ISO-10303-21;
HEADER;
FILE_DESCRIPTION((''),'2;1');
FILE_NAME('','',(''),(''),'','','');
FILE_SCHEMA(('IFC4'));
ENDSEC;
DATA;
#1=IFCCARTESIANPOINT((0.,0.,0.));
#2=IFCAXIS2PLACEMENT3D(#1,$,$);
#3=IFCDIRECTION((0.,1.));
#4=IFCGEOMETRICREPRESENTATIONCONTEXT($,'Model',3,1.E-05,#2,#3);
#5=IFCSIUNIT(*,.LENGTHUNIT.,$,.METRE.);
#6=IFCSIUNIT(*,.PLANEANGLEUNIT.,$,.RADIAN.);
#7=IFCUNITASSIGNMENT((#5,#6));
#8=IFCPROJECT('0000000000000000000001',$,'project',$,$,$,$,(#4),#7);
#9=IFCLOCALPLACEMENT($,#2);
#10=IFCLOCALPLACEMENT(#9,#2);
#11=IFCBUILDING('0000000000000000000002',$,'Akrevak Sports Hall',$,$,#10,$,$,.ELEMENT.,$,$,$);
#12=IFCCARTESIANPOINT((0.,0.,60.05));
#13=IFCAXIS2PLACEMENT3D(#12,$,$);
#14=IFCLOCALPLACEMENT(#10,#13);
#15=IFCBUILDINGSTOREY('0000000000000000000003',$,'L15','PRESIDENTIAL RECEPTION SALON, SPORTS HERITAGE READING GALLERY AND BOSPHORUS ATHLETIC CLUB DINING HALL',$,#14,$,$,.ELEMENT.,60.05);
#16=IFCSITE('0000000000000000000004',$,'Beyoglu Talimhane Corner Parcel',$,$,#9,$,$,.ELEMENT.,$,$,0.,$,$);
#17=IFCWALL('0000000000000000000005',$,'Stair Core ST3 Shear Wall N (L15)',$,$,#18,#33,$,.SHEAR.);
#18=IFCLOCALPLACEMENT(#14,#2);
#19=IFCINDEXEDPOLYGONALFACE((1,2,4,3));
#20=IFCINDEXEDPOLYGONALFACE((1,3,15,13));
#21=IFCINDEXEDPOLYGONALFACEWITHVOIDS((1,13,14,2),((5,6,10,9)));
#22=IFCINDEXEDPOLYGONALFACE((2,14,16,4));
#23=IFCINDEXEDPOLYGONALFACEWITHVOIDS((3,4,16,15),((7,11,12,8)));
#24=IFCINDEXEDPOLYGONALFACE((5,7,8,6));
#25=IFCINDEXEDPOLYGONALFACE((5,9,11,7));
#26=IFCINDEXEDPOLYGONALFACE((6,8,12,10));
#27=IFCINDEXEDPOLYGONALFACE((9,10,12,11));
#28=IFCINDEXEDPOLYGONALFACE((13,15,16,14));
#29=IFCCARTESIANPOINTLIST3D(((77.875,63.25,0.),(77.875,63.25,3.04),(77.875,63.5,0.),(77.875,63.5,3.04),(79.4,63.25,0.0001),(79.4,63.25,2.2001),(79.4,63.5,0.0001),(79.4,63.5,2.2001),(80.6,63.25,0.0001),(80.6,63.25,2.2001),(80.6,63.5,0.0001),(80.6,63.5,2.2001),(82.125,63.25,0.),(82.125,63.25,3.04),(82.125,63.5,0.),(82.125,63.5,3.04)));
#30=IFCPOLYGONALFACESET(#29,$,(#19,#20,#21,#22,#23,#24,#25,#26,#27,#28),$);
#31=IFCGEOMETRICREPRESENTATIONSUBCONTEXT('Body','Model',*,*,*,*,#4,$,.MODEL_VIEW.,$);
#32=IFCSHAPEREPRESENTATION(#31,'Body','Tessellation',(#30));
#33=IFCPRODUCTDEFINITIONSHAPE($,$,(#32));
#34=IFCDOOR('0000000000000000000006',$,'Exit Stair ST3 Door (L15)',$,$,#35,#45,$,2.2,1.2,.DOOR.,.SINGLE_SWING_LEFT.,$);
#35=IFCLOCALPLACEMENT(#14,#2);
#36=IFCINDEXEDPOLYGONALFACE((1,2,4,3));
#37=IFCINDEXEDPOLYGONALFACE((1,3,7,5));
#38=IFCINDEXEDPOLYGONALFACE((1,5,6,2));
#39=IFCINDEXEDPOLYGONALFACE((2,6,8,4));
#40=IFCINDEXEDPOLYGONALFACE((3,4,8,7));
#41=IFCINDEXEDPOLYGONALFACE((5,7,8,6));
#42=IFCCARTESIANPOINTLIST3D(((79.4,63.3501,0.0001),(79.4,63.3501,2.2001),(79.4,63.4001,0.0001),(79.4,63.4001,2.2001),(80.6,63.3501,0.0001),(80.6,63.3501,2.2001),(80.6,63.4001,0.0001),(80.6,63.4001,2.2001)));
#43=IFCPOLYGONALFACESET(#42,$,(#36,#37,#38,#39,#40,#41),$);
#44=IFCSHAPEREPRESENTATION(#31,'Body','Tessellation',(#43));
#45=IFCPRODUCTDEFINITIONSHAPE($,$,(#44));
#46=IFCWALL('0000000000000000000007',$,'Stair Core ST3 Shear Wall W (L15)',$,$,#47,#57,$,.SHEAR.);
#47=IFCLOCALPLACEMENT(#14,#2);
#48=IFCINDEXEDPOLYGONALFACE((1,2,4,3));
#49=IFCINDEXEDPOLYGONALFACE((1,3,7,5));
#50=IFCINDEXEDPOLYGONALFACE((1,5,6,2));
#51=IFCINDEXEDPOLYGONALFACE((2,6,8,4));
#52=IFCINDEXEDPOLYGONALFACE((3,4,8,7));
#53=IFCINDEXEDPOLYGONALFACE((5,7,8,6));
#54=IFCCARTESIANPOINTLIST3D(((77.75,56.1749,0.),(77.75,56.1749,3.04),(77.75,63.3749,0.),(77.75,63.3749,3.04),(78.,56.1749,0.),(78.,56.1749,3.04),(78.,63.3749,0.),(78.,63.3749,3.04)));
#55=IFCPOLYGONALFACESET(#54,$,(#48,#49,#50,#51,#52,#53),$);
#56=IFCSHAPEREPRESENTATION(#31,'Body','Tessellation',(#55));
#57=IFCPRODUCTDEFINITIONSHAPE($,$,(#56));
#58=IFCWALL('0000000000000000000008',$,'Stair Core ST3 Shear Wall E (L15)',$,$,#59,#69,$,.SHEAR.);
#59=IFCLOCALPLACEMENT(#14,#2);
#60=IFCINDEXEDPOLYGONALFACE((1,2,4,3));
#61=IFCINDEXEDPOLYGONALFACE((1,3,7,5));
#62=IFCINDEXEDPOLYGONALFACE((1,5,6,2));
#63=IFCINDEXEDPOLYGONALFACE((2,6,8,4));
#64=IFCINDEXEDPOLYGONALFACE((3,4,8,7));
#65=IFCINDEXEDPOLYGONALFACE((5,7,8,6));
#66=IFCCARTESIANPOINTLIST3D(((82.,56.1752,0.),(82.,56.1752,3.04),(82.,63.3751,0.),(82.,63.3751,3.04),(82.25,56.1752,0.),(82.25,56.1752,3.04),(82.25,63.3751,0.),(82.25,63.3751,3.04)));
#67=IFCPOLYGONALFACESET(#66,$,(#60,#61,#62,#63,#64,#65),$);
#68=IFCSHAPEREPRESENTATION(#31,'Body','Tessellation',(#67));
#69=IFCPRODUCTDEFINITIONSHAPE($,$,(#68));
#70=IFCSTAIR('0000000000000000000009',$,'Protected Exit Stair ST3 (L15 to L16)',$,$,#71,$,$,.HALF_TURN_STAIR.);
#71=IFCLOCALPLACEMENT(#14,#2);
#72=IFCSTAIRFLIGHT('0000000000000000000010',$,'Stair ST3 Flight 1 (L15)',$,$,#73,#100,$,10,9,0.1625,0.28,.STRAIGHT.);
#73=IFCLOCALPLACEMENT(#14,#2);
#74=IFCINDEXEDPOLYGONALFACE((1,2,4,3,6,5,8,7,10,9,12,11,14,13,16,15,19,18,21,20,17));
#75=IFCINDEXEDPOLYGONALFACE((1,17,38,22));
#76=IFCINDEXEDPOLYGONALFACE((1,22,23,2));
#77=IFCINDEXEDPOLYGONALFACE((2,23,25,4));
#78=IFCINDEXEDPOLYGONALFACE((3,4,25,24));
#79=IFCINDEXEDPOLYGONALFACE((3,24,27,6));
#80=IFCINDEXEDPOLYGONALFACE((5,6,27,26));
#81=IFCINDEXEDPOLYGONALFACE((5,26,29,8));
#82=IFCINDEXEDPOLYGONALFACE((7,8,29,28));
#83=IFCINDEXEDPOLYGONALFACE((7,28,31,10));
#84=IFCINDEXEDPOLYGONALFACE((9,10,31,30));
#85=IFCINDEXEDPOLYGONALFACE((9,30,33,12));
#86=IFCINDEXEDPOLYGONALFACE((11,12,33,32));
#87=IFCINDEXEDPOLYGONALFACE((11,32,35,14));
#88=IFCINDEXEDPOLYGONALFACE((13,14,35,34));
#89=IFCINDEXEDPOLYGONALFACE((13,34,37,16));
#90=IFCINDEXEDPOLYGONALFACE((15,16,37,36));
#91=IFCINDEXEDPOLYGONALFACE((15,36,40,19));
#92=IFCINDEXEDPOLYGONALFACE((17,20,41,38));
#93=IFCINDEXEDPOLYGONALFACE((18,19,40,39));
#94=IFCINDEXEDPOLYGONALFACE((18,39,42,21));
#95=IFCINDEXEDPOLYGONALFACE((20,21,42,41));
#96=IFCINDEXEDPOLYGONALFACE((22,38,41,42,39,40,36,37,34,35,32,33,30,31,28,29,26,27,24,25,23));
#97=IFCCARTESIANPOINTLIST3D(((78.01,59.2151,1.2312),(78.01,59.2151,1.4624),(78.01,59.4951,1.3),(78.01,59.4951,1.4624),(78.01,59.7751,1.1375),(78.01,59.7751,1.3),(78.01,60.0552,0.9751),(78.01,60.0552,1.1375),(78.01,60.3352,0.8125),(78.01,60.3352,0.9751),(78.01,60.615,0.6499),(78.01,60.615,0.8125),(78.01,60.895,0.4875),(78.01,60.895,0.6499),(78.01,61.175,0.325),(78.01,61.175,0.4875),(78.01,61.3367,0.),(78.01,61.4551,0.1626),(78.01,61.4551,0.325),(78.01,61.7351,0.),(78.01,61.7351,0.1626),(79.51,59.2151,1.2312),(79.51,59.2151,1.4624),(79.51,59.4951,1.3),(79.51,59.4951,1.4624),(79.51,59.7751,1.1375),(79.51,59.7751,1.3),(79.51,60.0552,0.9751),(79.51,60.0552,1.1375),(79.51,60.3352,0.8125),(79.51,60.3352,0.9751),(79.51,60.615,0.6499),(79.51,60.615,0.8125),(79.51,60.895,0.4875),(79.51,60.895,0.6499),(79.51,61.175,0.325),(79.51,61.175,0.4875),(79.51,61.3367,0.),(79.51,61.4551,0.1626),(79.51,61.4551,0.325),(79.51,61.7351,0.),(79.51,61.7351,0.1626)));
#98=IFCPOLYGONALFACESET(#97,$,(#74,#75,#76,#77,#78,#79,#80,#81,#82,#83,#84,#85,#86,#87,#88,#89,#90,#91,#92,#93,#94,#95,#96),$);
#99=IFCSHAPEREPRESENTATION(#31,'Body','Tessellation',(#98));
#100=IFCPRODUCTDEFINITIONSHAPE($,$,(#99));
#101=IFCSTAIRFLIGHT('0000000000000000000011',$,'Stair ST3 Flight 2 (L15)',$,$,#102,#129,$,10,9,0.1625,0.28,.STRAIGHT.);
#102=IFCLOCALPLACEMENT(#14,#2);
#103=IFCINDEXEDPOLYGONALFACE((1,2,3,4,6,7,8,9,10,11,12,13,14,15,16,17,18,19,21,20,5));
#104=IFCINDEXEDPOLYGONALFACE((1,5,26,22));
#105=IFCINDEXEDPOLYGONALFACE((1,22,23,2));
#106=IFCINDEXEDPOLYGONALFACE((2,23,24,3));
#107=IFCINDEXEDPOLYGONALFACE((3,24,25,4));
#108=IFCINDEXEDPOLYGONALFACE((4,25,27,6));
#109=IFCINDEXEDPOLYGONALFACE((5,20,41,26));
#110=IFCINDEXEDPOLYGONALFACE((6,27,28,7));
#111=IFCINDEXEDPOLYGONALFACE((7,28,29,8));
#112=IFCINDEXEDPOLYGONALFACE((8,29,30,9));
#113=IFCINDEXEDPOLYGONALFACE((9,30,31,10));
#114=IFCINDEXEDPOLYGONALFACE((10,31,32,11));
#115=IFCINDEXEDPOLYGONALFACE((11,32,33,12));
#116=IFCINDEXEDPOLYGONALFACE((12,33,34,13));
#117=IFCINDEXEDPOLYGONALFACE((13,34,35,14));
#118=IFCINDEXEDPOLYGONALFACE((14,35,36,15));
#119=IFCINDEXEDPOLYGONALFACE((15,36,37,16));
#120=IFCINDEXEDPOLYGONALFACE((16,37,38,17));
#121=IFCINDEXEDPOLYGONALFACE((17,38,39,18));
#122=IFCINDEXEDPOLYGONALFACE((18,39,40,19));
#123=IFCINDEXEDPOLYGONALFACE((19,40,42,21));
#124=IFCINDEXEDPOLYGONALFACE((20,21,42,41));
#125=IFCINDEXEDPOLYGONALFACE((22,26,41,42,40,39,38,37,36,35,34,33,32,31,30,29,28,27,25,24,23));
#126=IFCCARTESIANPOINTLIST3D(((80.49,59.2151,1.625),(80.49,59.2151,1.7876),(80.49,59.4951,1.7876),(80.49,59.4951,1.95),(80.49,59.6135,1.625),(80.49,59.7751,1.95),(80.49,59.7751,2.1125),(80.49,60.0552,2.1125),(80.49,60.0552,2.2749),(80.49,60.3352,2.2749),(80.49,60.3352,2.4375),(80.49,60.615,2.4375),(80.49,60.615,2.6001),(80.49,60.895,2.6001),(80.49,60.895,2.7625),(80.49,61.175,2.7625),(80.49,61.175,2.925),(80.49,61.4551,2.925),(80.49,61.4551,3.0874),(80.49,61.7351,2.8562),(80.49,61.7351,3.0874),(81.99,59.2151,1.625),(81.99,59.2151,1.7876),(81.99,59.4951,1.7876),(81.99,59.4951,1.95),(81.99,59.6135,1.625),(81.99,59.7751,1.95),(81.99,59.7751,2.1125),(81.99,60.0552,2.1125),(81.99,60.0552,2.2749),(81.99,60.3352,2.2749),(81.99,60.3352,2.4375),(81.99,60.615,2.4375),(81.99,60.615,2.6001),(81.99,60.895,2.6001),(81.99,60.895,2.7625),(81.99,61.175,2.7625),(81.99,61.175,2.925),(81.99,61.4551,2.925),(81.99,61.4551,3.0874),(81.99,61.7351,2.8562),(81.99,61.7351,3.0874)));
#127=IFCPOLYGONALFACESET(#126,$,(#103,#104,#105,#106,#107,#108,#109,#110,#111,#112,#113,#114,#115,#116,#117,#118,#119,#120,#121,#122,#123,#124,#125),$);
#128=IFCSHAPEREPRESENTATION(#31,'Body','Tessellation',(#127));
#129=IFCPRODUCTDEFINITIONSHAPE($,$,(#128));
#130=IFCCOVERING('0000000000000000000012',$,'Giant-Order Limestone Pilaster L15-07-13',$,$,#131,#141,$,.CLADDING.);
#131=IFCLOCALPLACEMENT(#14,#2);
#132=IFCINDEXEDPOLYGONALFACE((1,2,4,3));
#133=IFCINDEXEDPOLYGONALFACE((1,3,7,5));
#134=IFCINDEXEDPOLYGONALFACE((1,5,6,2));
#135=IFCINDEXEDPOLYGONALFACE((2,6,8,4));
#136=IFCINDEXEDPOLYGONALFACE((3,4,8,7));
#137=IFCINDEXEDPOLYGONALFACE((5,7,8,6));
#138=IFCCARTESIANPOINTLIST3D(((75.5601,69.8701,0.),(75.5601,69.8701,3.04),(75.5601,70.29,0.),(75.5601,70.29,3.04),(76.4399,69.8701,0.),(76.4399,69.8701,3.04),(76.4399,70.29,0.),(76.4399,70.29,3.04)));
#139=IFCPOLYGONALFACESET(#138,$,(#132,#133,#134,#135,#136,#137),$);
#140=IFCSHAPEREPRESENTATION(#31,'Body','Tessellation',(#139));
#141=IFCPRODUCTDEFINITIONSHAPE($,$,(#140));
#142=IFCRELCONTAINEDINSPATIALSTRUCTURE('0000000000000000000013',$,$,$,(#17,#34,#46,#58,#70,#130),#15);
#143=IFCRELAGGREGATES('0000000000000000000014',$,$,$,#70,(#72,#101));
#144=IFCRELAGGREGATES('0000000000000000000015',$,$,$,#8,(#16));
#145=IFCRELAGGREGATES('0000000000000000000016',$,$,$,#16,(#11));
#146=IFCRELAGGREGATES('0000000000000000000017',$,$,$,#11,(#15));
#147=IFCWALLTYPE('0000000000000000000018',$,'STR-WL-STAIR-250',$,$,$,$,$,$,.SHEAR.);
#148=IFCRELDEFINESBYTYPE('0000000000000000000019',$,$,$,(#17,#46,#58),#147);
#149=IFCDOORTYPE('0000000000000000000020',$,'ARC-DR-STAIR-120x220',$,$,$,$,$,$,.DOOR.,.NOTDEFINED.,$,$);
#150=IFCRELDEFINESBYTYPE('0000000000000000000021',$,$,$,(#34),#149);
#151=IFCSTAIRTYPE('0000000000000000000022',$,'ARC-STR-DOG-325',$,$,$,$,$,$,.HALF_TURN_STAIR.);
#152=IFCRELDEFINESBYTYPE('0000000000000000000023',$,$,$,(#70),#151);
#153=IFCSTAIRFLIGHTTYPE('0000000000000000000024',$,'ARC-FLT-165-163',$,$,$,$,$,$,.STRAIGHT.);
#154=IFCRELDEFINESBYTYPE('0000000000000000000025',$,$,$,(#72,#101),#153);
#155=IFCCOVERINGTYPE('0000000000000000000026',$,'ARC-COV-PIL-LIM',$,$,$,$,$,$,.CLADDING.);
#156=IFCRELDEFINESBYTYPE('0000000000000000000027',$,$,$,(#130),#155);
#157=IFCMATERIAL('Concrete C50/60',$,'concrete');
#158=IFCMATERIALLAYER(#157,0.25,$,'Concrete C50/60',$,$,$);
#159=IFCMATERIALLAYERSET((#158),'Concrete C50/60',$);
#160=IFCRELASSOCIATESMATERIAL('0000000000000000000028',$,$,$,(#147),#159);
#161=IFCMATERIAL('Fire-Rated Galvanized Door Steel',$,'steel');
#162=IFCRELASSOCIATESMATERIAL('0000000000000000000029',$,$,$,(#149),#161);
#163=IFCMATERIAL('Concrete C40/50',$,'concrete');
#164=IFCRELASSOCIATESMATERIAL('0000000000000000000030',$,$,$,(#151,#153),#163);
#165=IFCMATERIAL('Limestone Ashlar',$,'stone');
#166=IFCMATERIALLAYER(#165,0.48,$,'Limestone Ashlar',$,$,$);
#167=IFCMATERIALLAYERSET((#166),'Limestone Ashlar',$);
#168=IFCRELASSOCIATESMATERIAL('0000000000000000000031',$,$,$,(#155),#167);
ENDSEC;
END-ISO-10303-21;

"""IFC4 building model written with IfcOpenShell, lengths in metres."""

from ifc_helpers import new_model, si_unit, direction, frame, frame_2d, origin, origin_2d, place, context, subcontext, project, spatial, polyline, rectangle, outline, extrude, material, layer, layer_set, type_object, element, fill, aggregate, save


model = new_model("IFC4")

# Units and contexts
model_context = context("Model", 3, precision=1e-05, world=origin(), true_north=direction((0.0, 1.0)))
body_context = subcontext(model_context, "Body", "Model", "MODEL_VIEW")
ifc_project = project(units=[si_unit("LENGTHUNIT", "METRE"), si_unit("PLANEANGLEUNIT", "RADIAN")], contexts=[model_context])

# Site, building, storey
site_placement = place(None, origin())
site = spatial("IfcSite", under=ifc_project, at=site_placement, Name="Beyoglu Talimhane Corner Parcel", CompositionType="ELEMENT", RefElevation=0.0)
building_placement = place(site_placement, origin())
building = spatial("IfcBuilding", under=site, at=building_placement, Name="Akrevak Sports Hall", CompositionType="ELEMENT")
storey_placement = place(building_placement, frame((0.0, 0.0, 60.05)))
storey = spatial("IfcBuildingStorey", under=building, at=storey_placement, Name="L15", Description="PRESIDENTIAL RECEPTION SALON, SPORTS HERITAGE READING GALLERY AND BOSPHORUS ATHLETIC CLUB DINING HALL", CompositionType="ELEMENT", Elevation=60.05)

# Shared definitions
ifc_material_1 = material(Name="Concrete C40/50", Category="concrete")

# Shared definitions
ifc_material_2 = material(Name="Fire-Rated Galvanized Door Steel", Category="steel")

# Shared definitions
ifc_material_3 = material(Name="Concrete C50/60", Category="concrete")
ifc_layer_1 = layer(ifc_material_3, 0.25, Name="Concrete C50/60")
ifc_layer_set_1 = layer_set([ifc_layer_1], Name="Concrete C50/60")
wall_type_1 = type_object("IfcWallType", Name="STR-WL-STAIR-250", PredefinedType="SHEAR", material=ifc_layer_set_1)

# Wall, opening, door
wall_1_placement = place(storey_placement, frame((82.125, 63.375, 0.0), z_axis=(0.0, 0.0, 1.0), x_axis=(-1.0, 0.0, 0.0)))
wall_1 = element("IfcWall", 1, at=wall_1_placement, inside=storey, type_object=wall_type_1, Name="Stair Core ST3 Shear Wall N (L15)", PredefinedType="SHEAR", context=body_context, shape_type="SweptSolid", body=[
    extrude(rectangle(XDim=4.25, YDim=0.25, at=frame_2d((2.125, 0.0))), origin(), (0.0, 0.0, 1.0), 3.04),
])
opening_1_placement = place(wall_1_placement, frame((1.5249, 0.0, 0.0)))
opening_1 = element("IfcOpeningElement", 2, at=opening_1_placement, cuts=wall_1, PredefinedType="OPENING", context=body_context, shape_type="SweptSolid", body=[
    extrude(rectangle(XDim=1.2, YDim=2.2, at=frame_2d((0.6001, 1.1001))), frame((0.0, 0.137, 0.0), z_axis=(0.0, -1.0, 0.0), x_axis=(1.0, 0.0, 0.0)), (0.0, 0.0, 1.0), 0.2739),
])
door_type_1 = type_object("IfcDoorType", Name="ARC-DR-STAIR-120x220", OperationType="NOTDEFINED", PredefinedType="DOOR", material=ifc_material_2)
door_1_placement = place(opening_1_placement, origin())
door_1 = element("IfcDoor", 3, at=door_1_placement, inside=storey, type_object=door_type_1, Name="Exit Stair ST3 Door (L15)", OperationType="SINGLE_SWING_LEFT", OverallHeight=2.2, OverallWidth=1.2, PredefinedType="DOOR", context=body_context, shape_type="SweptSolid", body=[
    extrude(rectangle(XDim=1.2, YDim=2.2, at=frame_2d((0.6001, 1.1001))), frame((0.0, 0.0249, 0.0), z_axis=(0.0, -1.0, 0.0), x_axis=(1.0, 0.0, 0.0)), (0.0, 0.0, 1.0), 0.05),
])
fill(opening_1, door_1)

# Walls
for number, where, z_axis, x_axis, name in (
    (4, (77.875, 63.375, 0.0), (0.0, 0.0, 1.0), (0.0, -1.0, 0.0), "Stair Core ST3 Shear Wall W (L15)"),
    (5, (82.125, 56.175, 0.0), (0.0, 0.0, 1.0), (0.0, 1.0, 0.0), "Stair Core ST3 Shear Wall E (L15)"),
):
    element("IfcWall", number, at=place(storey_placement, frame(where, z_axis=z_axis, x_axis=x_axis)), inside=storey, type_object=wall_type_1, Name=name, PredefinedType="SHEAR", context=body_context, shape_type="SweptSolid", body=[
        extrude(rectangle(XDim=7.2, YDim=0.25, at=frame_2d((3.6001, 0.0))), origin(), (0.0, 0.0, 1.0), 3.04),
    ])

# Stair, stair flights
stair_type = type_object("IfcStairType", Name="ARC-STR-DOG-325", PredefinedType="HALF_TURN_STAIR", material=ifc_material_1)
stair_placement = place(storey_placement, origin())
stair = element("IfcStair", 6, at=stair_placement, inside=storey, type_object=stair_type, Name="Protected Exit Stair ST3 (L15 to L16)", PredefinedType="HALF_TURN_STAIR")
stair_flight_type = type_object("IfcStairFlightType", Name="ARC-FLT-165-163", PredefinedType="STRAIGHT", material=ifc_material_1)
stair_flight_1_placement = place(storey_placement, frame((78.76, 61.7351, 0.0), z_axis=(0.0, 0.0, 1.0), x_axis=(0.0, -1.0, 0.0)))
stair_flight_1 = element("IfcStairFlight", 7, at=stair_flight_1_placement, type_object=stair_flight_type, Name="Stair ST3 Flight 1 (L15)", NumberOfRisers=10, NumberOfTreads=9, PredefinedType="STRAIGHT", RiserHeight=0.1625, TreadLength=0.28, context=body_context, shape_type="SweptSolid", body=[
    extrude(outline(polyline([(0.0, 0.0), (0.0, 0.1626), (0.28, 0.1626), (0.28, 0.325), (0.5601, 0.325), (0.5601, 0.4875), (0.8401, 0.4875), (0.8401, 0.6499), (1.1201, 0.6499), (1.1201, 0.8125), (1.3999, 0.8125), (1.3999, 0.9751), (1.6799, 0.9751), (1.6799, 1.1375), (1.96, 1.1375), (1.96, 1.3), (2.24, 1.3), (2.24, 1.4624), (2.52, 1.4624), (2.52, 1.625), (2.52, 1.2312), (0.3984, 0.0), (0.0, 0.0)])), frame((0.0, 0.75, 0.0), z_axis=(0.0, -1.0, 0.0), x_axis=(1.0, 0.0, 0.0)), (0.0, 0.0, 1.0), 1.5),
])
stair_flight_2_placement = place(storey_placement, frame((81.24, 59.2151, 1.625), z_axis=(0.0, 0.0, 1.0), x_axis=(0.0, 1.0, 0.0)))
stair_flight_2 = element("IfcStairFlight", 8, at=stair_flight_2_placement, type_object=stair_flight_type, Name="Stair ST3 Flight 2 (L15)", NumberOfRisers=10, NumberOfTreads=9, PredefinedType="STRAIGHT", RiserHeight=0.1625, TreadLength=0.28, context=body_context, shape_type="SweptSolid", body=[
    extrude(outline(polyline([(0.0, 0.0), (0.0, 0.1626), (0.28, 0.1626), (0.28, 0.325), (0.5601, 0.325), (0.5601, 0.4875), (0.8401, 0.4875), (0.8401, 0.6499), (1.1201, 0.6499), (1.1201, 0.8125), (1.3999, 0.8125), (1.3999, 0.9751), (1.6799, 0.9751), (1.6799, 1.1375), (1.96, 1.1375), (1.96, 1.3), (2.24, 1.3), (2.24, 1.4624), (2.52, 1.4624), (2.52, 1.625), (2.52, 1.2312), (0.3984, 0.0), (0.0, 0.0)])), frame((0.0, 0.75, 0.0), z_axis=(0.0, -1.0, 0.0), x_axis=(1.0, 0.0, 0.0)), (0.0, 0.0, 1.0), 1.5),
])
aggregate(stair, [stair_flight_1, stair_flight_2])

# Covering
ifc_material_4 = material(Name="Limestone Ashlar", Category="stone")
ifc_layer_2 = layer(ifc_material_4, 0.48, Name="Limestone Ashlar")
ifc_layer_set_2 = layer_set([ifc_layer_2], Name="Limestone Ashlar")
covering_type = type_object("IfcCoveringType", Name="ARC-COV-PIL-LIM", PredefinedType="CLADDING", material=ifc_layer_set_2)
covering_placement = place(storey_placement, frame((76.0, 70.0801, 0.0), z_axis=(0.0, 0.0, 1.0), x_axis=(-1.0, 0.0, 0.0)))
element("IfcCovering", 9, at=covering_placement, inside=storey, type_object=covering_type, Name="Giant-Order Limestone Pilaster L15-07-13", PredefinedType="CLADDING", context=body_context, shape_type="SweptSolid", body=[
    extrude(rectangle(XDim=0.8799, YDim=0.4199, at=origin_2d()), origin(), (0.0, 0.0, 1.0), 3.04),
])

save(model, "model.ifc")
